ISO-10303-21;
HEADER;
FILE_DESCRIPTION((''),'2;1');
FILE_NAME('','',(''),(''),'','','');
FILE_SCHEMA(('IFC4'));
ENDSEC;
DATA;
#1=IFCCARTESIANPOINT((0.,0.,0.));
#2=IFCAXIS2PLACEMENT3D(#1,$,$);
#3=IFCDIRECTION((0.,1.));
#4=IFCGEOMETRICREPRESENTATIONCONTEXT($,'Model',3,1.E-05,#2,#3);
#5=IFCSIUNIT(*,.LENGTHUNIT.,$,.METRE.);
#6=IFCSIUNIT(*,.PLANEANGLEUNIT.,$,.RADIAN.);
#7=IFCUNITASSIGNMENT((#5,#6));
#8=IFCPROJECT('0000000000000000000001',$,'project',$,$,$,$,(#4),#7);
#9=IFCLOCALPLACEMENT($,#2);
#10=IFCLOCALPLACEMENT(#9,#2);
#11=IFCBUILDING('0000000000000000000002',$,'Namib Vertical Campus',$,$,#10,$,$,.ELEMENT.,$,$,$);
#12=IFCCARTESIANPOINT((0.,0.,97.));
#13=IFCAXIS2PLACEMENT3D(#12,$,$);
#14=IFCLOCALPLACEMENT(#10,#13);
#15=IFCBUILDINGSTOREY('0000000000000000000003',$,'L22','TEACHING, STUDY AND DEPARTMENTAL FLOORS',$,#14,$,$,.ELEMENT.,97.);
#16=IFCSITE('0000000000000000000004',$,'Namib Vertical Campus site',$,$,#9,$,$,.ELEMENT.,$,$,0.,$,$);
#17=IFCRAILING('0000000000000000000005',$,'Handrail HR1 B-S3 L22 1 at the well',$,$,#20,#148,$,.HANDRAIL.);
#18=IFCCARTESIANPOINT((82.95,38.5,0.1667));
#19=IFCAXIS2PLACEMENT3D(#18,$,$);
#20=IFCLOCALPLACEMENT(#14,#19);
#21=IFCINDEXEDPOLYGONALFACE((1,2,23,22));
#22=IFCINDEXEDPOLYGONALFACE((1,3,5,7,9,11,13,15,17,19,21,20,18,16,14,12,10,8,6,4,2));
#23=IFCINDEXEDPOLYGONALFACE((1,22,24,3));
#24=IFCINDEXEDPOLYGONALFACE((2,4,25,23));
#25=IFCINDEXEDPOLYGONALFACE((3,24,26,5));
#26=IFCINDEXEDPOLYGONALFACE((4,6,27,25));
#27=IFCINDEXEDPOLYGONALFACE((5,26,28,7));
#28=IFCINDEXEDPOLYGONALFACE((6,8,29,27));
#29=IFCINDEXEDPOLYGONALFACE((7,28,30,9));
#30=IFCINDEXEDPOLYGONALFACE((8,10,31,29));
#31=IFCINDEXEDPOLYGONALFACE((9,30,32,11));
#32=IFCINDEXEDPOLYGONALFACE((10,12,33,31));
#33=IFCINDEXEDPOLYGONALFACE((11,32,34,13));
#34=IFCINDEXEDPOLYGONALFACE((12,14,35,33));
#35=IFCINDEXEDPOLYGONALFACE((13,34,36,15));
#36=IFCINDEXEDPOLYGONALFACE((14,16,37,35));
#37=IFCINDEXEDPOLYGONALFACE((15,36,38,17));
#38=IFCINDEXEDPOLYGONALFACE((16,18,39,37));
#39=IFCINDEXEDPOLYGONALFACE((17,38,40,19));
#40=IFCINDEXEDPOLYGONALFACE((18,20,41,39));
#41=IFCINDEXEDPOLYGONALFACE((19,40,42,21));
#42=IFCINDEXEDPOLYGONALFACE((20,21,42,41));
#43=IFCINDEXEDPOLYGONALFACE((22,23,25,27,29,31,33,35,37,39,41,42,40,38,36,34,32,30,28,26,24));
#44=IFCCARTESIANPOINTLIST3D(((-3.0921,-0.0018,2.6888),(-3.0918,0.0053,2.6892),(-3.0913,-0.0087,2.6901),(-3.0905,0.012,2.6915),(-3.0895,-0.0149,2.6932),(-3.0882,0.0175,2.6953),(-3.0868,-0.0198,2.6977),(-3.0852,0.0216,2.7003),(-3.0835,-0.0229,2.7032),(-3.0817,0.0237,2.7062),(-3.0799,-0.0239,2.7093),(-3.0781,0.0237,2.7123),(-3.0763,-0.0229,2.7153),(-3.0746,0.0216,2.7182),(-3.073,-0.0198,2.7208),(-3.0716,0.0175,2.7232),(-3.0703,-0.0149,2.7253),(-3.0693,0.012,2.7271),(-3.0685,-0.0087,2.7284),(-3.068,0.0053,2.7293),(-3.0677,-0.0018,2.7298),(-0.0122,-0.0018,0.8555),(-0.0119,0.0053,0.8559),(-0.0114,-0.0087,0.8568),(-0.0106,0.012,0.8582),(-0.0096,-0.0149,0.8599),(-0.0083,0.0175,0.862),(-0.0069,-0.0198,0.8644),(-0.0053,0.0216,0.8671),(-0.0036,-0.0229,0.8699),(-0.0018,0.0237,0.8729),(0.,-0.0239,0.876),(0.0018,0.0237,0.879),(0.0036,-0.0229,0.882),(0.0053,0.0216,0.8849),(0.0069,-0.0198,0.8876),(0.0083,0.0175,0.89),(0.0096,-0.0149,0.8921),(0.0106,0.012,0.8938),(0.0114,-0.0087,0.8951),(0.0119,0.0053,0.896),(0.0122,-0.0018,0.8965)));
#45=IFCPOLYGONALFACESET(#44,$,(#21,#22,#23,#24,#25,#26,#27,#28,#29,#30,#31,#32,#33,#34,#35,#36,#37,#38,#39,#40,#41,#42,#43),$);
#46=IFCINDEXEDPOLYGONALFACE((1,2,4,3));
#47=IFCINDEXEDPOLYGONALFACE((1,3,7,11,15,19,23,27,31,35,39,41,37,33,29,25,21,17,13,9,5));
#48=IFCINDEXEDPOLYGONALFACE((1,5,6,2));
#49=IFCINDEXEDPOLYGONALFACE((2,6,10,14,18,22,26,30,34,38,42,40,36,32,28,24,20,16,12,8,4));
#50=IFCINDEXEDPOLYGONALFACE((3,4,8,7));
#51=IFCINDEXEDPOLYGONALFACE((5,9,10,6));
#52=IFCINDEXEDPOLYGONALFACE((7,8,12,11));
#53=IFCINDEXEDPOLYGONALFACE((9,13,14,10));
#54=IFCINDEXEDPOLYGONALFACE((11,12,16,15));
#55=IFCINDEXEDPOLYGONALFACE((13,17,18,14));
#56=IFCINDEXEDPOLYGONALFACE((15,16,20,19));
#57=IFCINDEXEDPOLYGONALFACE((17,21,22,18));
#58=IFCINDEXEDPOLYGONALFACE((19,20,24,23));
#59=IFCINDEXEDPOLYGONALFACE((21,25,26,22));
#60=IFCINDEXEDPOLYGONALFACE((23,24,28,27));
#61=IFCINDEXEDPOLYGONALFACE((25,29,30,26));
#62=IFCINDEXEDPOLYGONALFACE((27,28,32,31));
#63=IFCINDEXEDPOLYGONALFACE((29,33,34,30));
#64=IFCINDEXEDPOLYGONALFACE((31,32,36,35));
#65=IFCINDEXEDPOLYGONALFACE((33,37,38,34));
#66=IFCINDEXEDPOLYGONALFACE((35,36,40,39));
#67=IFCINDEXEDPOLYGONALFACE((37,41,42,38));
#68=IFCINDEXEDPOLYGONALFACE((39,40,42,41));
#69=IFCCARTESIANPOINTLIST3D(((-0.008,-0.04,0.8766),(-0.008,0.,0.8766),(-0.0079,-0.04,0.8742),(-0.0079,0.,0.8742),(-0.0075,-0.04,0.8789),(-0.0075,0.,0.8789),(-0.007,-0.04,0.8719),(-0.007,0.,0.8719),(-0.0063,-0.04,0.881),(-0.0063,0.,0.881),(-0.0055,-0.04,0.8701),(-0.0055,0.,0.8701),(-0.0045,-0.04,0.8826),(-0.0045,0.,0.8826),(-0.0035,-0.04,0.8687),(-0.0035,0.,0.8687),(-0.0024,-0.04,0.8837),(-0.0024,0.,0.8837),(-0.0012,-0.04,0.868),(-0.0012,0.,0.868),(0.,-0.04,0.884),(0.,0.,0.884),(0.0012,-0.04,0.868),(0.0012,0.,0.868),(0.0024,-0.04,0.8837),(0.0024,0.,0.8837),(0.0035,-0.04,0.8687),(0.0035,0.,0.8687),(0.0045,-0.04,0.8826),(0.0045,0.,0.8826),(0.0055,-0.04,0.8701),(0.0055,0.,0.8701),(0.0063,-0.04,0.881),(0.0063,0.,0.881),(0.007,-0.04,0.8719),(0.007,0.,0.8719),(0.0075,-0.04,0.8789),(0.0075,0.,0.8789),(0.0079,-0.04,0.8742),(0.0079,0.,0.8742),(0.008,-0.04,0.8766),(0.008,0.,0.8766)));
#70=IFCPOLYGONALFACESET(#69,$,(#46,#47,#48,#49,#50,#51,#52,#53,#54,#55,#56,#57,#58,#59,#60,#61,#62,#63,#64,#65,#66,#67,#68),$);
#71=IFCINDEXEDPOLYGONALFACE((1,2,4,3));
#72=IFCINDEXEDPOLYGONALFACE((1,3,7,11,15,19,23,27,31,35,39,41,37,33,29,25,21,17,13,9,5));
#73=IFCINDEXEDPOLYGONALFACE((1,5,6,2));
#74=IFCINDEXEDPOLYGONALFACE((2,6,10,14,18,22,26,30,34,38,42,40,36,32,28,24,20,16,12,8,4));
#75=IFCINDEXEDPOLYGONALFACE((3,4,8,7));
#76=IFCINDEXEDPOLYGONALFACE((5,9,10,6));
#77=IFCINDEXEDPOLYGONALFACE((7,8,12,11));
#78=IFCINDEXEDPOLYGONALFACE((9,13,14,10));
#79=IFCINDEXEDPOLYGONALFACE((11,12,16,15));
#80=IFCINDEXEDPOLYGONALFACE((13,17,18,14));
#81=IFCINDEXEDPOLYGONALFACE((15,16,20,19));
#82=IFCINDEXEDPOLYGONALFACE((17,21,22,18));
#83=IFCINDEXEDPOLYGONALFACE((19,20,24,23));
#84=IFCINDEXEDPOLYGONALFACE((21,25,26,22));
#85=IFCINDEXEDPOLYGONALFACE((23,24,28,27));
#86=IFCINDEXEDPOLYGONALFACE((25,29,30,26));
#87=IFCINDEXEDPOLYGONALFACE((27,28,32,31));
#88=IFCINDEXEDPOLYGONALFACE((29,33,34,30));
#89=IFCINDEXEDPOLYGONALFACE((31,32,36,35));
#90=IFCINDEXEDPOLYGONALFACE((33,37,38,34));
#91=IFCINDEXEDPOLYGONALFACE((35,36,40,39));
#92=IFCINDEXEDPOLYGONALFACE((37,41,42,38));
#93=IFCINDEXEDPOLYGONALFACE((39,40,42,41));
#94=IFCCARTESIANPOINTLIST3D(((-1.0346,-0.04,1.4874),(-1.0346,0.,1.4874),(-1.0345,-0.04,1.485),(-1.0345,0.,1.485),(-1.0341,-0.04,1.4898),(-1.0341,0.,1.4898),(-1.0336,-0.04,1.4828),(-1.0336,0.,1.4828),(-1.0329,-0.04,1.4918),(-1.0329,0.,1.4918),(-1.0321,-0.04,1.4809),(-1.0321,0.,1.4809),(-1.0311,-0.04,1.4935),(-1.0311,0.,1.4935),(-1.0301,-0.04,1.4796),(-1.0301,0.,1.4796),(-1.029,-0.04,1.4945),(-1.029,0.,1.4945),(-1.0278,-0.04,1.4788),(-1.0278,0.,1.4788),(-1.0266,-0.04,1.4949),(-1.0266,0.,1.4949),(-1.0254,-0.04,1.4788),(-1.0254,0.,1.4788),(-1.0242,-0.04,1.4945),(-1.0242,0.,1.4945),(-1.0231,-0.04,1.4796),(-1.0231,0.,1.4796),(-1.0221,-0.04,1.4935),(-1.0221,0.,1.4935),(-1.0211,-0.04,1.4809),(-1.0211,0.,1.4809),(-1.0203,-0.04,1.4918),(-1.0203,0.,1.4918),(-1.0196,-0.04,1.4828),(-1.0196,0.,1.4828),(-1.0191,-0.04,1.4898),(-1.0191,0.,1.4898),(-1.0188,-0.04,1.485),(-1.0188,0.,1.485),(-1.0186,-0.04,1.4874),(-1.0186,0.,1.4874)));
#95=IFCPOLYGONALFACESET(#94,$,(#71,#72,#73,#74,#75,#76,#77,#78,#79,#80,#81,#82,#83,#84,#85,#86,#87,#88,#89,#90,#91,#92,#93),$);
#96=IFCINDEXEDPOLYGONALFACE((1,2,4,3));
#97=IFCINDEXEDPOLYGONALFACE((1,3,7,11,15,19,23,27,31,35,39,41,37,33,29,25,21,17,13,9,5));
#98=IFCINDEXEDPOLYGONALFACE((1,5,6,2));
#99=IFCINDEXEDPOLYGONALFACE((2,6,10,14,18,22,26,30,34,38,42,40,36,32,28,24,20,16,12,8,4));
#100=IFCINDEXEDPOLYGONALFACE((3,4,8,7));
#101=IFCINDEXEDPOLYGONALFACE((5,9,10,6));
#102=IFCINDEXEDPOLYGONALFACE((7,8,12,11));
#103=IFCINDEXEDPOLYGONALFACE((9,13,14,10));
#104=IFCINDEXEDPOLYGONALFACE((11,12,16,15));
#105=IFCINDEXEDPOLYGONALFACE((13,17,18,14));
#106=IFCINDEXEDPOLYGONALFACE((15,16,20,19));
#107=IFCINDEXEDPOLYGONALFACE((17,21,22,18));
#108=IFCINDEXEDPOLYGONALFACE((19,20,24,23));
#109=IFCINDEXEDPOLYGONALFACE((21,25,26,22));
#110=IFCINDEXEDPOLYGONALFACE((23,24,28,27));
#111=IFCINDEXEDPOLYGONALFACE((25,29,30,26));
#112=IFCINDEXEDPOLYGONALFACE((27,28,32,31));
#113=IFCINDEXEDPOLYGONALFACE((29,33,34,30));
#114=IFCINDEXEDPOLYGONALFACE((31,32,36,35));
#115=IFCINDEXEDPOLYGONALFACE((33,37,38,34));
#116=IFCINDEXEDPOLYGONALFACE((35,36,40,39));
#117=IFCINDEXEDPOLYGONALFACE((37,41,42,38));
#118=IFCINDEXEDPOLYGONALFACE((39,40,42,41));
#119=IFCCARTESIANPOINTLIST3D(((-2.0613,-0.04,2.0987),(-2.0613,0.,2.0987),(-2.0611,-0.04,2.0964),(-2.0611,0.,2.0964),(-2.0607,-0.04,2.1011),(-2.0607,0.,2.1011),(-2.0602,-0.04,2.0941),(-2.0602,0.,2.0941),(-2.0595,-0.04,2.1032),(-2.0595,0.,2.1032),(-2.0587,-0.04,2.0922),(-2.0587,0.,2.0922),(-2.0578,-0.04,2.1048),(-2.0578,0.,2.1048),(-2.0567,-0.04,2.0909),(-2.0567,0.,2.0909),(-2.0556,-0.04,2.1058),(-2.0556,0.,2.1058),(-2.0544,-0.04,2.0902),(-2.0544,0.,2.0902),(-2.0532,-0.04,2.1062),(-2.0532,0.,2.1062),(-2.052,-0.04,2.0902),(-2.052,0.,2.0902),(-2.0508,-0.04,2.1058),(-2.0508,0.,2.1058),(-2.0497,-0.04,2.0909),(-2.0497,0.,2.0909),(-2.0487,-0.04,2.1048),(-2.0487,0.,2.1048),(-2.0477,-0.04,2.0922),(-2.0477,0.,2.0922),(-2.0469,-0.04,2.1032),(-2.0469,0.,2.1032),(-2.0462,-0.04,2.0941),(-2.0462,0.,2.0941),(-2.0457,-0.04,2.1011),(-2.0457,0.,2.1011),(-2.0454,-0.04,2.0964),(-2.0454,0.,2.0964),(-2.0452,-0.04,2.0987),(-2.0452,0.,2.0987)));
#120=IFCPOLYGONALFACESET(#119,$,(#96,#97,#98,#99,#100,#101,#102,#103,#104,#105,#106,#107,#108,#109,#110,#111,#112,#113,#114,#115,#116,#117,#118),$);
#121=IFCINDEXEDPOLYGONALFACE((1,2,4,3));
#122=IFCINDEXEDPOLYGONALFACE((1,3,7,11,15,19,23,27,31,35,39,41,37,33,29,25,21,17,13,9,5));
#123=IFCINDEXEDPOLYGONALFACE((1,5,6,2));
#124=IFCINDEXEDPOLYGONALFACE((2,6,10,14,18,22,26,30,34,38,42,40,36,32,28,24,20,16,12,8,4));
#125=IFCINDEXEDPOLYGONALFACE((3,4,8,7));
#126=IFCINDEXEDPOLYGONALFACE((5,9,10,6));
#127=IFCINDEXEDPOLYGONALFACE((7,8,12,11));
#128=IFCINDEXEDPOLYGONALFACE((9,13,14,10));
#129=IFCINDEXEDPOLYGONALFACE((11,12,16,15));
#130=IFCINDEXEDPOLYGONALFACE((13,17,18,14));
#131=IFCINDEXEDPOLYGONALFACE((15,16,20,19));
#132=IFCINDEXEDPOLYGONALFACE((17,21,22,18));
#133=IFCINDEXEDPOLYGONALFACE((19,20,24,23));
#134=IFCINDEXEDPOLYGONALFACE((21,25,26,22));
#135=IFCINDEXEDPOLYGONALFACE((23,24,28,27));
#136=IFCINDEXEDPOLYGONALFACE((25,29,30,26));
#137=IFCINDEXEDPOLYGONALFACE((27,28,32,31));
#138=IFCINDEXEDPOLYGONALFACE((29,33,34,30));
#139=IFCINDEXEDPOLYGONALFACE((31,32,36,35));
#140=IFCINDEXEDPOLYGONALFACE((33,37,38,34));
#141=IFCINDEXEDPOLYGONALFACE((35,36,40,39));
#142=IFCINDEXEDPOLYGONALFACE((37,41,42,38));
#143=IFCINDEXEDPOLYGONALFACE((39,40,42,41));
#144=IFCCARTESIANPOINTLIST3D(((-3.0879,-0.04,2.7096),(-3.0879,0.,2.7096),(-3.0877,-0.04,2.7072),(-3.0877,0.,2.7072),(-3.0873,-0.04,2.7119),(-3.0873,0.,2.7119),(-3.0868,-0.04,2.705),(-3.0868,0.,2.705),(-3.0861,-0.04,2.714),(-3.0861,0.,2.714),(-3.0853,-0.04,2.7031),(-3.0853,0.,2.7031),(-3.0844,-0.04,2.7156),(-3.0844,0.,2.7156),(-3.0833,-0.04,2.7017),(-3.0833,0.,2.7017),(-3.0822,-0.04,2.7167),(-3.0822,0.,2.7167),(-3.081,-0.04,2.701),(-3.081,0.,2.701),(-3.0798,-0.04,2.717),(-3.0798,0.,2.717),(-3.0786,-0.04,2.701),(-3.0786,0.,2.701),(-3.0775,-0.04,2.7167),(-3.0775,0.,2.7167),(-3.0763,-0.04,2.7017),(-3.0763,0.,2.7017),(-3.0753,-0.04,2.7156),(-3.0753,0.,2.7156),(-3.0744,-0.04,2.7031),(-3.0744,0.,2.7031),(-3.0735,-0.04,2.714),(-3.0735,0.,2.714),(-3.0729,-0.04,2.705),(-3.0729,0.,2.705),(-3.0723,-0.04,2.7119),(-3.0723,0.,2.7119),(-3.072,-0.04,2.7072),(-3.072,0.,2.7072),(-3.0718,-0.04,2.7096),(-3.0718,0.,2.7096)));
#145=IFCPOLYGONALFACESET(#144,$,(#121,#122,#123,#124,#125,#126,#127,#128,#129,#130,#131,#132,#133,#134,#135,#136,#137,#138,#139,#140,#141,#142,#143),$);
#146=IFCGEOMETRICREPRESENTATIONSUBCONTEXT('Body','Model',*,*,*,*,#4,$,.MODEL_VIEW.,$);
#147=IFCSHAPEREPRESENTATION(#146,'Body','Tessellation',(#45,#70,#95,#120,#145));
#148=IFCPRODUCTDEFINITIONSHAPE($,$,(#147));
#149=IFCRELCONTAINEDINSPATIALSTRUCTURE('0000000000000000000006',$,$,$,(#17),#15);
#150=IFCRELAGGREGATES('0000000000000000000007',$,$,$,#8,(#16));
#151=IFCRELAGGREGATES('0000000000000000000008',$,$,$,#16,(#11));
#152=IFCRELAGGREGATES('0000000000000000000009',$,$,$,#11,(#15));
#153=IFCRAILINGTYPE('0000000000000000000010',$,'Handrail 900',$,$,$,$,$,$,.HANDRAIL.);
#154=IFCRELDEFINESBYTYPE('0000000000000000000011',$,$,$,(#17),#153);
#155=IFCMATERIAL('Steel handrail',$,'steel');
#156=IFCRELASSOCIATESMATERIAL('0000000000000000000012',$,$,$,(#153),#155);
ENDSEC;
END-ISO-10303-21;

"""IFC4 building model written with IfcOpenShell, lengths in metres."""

from ifc_helpers import new_model, si_unit, direction, frame, origin, origin_2d, place, context, subcontext, project, spatial, circle, extrude, material, type_object, element, save


model = new_model("IFC4")

# Units and contexts
model_context = context("Model", 3, precision=1e-05, world=origin(), true_north=direction((0.0, 1.0)))
body_context = subcontext(model_context, "Body", "Model", "MODEL_VIEW")
ifc_project = project(units=[si_unit("LENGTHUNIT", "METRE"), si_unit("PLANEANGLEUNIT", "RADIAN")], contexts=[model_context])

# Site, building, storey
site_placement = place(None, origin())
site = spatial("IfcSite", under=ifc_project, at=site_placement, Name="Namib Vertical Campus site", CompositionType="ELEMENT", RefElevation=0.0)
building_placement = place(site_placement, origin())
building = spatial("IfcBuilding", under=site, at=building_placement, Name="Namib Vertical Campus", CompositionType="ELEMENT")
storey_placement = place(building_placement, frame((0.0, 0.0, 97.0)))
storey = spatial("IfcBuildingStorey", under=building, at=storey_placement, Name="L22", Description="TEACHING, STUDY AND DEPARTMENTAL FLOORS", CompositionType="ELEMENT", Elevation=97.0)

# Railing
ifc_material_1 = material(Name="Steel handrail", Category="steel")
railing_type_1 = type_object("IfcRailingType", Name="Handrail 900", PredefinedType="HANDRAIL", material=ifc_material_1)
railing_1_placement = place(storey_placement, frame((82.95, 38.5, 0.1667)))
element("IfcRailing", 1, at=railing_1_placement, inside=storey, type_object=railing_type_1, Name="Handrail HR1 B-S3 L22 1 at the well", PredefinedType="HANDRAIL", context=body_context, shape_type="SweptSolid", body=[
    extrude(circle(Radius=0.0239, at=origin_2d()), frame((0.0, 0.0, 0.876), z_axis=(-0.859291, 0.0, 0.511487), x_axis=(0.0, -1.0, 0.0)), (0.0, 0.0, 1.0), 3.5842),
    extrude(circle(Radius=0.0081, at=origin_2d()), frame((0.0, 0.0, 0.876), z_axis=(0.0, -1.0, 0.0), x_axis=(0.0, 0.0, 1.0)), (0.0, 0.0, 1.0), 0.04),
    extrude(circle(Radius=0.0081, at=origin_2d()), frame((-1.0266, 0.0, 1.4868), z_axis=(0.0, -1.0, 0.0), x_axis=(0.0, 0.0, 1.0)), (0.0, 0.0, 1.0), 0.04),
    extrude(circle(Radius=0.0081, at=origin_2d()), frame((-2.0532, 0.0, 2.0981), z_axis=(0.0, -1.0, 0.0), x_axis=(0.0, 0.0, 1.0)), (0.0, 0.0, 1.0), 0.04),
    extrude(circle(Radius=0.0081, at=origin_2d()), frame((-3.0798, 0.0, 2.709), z_axis=(0.0, -1.0, 0.0), x_axis=(0.0, 0.0, 1.0)), (0.0, 0.0, 1.0), 0.04),
])

save(model, "model.ifc")
